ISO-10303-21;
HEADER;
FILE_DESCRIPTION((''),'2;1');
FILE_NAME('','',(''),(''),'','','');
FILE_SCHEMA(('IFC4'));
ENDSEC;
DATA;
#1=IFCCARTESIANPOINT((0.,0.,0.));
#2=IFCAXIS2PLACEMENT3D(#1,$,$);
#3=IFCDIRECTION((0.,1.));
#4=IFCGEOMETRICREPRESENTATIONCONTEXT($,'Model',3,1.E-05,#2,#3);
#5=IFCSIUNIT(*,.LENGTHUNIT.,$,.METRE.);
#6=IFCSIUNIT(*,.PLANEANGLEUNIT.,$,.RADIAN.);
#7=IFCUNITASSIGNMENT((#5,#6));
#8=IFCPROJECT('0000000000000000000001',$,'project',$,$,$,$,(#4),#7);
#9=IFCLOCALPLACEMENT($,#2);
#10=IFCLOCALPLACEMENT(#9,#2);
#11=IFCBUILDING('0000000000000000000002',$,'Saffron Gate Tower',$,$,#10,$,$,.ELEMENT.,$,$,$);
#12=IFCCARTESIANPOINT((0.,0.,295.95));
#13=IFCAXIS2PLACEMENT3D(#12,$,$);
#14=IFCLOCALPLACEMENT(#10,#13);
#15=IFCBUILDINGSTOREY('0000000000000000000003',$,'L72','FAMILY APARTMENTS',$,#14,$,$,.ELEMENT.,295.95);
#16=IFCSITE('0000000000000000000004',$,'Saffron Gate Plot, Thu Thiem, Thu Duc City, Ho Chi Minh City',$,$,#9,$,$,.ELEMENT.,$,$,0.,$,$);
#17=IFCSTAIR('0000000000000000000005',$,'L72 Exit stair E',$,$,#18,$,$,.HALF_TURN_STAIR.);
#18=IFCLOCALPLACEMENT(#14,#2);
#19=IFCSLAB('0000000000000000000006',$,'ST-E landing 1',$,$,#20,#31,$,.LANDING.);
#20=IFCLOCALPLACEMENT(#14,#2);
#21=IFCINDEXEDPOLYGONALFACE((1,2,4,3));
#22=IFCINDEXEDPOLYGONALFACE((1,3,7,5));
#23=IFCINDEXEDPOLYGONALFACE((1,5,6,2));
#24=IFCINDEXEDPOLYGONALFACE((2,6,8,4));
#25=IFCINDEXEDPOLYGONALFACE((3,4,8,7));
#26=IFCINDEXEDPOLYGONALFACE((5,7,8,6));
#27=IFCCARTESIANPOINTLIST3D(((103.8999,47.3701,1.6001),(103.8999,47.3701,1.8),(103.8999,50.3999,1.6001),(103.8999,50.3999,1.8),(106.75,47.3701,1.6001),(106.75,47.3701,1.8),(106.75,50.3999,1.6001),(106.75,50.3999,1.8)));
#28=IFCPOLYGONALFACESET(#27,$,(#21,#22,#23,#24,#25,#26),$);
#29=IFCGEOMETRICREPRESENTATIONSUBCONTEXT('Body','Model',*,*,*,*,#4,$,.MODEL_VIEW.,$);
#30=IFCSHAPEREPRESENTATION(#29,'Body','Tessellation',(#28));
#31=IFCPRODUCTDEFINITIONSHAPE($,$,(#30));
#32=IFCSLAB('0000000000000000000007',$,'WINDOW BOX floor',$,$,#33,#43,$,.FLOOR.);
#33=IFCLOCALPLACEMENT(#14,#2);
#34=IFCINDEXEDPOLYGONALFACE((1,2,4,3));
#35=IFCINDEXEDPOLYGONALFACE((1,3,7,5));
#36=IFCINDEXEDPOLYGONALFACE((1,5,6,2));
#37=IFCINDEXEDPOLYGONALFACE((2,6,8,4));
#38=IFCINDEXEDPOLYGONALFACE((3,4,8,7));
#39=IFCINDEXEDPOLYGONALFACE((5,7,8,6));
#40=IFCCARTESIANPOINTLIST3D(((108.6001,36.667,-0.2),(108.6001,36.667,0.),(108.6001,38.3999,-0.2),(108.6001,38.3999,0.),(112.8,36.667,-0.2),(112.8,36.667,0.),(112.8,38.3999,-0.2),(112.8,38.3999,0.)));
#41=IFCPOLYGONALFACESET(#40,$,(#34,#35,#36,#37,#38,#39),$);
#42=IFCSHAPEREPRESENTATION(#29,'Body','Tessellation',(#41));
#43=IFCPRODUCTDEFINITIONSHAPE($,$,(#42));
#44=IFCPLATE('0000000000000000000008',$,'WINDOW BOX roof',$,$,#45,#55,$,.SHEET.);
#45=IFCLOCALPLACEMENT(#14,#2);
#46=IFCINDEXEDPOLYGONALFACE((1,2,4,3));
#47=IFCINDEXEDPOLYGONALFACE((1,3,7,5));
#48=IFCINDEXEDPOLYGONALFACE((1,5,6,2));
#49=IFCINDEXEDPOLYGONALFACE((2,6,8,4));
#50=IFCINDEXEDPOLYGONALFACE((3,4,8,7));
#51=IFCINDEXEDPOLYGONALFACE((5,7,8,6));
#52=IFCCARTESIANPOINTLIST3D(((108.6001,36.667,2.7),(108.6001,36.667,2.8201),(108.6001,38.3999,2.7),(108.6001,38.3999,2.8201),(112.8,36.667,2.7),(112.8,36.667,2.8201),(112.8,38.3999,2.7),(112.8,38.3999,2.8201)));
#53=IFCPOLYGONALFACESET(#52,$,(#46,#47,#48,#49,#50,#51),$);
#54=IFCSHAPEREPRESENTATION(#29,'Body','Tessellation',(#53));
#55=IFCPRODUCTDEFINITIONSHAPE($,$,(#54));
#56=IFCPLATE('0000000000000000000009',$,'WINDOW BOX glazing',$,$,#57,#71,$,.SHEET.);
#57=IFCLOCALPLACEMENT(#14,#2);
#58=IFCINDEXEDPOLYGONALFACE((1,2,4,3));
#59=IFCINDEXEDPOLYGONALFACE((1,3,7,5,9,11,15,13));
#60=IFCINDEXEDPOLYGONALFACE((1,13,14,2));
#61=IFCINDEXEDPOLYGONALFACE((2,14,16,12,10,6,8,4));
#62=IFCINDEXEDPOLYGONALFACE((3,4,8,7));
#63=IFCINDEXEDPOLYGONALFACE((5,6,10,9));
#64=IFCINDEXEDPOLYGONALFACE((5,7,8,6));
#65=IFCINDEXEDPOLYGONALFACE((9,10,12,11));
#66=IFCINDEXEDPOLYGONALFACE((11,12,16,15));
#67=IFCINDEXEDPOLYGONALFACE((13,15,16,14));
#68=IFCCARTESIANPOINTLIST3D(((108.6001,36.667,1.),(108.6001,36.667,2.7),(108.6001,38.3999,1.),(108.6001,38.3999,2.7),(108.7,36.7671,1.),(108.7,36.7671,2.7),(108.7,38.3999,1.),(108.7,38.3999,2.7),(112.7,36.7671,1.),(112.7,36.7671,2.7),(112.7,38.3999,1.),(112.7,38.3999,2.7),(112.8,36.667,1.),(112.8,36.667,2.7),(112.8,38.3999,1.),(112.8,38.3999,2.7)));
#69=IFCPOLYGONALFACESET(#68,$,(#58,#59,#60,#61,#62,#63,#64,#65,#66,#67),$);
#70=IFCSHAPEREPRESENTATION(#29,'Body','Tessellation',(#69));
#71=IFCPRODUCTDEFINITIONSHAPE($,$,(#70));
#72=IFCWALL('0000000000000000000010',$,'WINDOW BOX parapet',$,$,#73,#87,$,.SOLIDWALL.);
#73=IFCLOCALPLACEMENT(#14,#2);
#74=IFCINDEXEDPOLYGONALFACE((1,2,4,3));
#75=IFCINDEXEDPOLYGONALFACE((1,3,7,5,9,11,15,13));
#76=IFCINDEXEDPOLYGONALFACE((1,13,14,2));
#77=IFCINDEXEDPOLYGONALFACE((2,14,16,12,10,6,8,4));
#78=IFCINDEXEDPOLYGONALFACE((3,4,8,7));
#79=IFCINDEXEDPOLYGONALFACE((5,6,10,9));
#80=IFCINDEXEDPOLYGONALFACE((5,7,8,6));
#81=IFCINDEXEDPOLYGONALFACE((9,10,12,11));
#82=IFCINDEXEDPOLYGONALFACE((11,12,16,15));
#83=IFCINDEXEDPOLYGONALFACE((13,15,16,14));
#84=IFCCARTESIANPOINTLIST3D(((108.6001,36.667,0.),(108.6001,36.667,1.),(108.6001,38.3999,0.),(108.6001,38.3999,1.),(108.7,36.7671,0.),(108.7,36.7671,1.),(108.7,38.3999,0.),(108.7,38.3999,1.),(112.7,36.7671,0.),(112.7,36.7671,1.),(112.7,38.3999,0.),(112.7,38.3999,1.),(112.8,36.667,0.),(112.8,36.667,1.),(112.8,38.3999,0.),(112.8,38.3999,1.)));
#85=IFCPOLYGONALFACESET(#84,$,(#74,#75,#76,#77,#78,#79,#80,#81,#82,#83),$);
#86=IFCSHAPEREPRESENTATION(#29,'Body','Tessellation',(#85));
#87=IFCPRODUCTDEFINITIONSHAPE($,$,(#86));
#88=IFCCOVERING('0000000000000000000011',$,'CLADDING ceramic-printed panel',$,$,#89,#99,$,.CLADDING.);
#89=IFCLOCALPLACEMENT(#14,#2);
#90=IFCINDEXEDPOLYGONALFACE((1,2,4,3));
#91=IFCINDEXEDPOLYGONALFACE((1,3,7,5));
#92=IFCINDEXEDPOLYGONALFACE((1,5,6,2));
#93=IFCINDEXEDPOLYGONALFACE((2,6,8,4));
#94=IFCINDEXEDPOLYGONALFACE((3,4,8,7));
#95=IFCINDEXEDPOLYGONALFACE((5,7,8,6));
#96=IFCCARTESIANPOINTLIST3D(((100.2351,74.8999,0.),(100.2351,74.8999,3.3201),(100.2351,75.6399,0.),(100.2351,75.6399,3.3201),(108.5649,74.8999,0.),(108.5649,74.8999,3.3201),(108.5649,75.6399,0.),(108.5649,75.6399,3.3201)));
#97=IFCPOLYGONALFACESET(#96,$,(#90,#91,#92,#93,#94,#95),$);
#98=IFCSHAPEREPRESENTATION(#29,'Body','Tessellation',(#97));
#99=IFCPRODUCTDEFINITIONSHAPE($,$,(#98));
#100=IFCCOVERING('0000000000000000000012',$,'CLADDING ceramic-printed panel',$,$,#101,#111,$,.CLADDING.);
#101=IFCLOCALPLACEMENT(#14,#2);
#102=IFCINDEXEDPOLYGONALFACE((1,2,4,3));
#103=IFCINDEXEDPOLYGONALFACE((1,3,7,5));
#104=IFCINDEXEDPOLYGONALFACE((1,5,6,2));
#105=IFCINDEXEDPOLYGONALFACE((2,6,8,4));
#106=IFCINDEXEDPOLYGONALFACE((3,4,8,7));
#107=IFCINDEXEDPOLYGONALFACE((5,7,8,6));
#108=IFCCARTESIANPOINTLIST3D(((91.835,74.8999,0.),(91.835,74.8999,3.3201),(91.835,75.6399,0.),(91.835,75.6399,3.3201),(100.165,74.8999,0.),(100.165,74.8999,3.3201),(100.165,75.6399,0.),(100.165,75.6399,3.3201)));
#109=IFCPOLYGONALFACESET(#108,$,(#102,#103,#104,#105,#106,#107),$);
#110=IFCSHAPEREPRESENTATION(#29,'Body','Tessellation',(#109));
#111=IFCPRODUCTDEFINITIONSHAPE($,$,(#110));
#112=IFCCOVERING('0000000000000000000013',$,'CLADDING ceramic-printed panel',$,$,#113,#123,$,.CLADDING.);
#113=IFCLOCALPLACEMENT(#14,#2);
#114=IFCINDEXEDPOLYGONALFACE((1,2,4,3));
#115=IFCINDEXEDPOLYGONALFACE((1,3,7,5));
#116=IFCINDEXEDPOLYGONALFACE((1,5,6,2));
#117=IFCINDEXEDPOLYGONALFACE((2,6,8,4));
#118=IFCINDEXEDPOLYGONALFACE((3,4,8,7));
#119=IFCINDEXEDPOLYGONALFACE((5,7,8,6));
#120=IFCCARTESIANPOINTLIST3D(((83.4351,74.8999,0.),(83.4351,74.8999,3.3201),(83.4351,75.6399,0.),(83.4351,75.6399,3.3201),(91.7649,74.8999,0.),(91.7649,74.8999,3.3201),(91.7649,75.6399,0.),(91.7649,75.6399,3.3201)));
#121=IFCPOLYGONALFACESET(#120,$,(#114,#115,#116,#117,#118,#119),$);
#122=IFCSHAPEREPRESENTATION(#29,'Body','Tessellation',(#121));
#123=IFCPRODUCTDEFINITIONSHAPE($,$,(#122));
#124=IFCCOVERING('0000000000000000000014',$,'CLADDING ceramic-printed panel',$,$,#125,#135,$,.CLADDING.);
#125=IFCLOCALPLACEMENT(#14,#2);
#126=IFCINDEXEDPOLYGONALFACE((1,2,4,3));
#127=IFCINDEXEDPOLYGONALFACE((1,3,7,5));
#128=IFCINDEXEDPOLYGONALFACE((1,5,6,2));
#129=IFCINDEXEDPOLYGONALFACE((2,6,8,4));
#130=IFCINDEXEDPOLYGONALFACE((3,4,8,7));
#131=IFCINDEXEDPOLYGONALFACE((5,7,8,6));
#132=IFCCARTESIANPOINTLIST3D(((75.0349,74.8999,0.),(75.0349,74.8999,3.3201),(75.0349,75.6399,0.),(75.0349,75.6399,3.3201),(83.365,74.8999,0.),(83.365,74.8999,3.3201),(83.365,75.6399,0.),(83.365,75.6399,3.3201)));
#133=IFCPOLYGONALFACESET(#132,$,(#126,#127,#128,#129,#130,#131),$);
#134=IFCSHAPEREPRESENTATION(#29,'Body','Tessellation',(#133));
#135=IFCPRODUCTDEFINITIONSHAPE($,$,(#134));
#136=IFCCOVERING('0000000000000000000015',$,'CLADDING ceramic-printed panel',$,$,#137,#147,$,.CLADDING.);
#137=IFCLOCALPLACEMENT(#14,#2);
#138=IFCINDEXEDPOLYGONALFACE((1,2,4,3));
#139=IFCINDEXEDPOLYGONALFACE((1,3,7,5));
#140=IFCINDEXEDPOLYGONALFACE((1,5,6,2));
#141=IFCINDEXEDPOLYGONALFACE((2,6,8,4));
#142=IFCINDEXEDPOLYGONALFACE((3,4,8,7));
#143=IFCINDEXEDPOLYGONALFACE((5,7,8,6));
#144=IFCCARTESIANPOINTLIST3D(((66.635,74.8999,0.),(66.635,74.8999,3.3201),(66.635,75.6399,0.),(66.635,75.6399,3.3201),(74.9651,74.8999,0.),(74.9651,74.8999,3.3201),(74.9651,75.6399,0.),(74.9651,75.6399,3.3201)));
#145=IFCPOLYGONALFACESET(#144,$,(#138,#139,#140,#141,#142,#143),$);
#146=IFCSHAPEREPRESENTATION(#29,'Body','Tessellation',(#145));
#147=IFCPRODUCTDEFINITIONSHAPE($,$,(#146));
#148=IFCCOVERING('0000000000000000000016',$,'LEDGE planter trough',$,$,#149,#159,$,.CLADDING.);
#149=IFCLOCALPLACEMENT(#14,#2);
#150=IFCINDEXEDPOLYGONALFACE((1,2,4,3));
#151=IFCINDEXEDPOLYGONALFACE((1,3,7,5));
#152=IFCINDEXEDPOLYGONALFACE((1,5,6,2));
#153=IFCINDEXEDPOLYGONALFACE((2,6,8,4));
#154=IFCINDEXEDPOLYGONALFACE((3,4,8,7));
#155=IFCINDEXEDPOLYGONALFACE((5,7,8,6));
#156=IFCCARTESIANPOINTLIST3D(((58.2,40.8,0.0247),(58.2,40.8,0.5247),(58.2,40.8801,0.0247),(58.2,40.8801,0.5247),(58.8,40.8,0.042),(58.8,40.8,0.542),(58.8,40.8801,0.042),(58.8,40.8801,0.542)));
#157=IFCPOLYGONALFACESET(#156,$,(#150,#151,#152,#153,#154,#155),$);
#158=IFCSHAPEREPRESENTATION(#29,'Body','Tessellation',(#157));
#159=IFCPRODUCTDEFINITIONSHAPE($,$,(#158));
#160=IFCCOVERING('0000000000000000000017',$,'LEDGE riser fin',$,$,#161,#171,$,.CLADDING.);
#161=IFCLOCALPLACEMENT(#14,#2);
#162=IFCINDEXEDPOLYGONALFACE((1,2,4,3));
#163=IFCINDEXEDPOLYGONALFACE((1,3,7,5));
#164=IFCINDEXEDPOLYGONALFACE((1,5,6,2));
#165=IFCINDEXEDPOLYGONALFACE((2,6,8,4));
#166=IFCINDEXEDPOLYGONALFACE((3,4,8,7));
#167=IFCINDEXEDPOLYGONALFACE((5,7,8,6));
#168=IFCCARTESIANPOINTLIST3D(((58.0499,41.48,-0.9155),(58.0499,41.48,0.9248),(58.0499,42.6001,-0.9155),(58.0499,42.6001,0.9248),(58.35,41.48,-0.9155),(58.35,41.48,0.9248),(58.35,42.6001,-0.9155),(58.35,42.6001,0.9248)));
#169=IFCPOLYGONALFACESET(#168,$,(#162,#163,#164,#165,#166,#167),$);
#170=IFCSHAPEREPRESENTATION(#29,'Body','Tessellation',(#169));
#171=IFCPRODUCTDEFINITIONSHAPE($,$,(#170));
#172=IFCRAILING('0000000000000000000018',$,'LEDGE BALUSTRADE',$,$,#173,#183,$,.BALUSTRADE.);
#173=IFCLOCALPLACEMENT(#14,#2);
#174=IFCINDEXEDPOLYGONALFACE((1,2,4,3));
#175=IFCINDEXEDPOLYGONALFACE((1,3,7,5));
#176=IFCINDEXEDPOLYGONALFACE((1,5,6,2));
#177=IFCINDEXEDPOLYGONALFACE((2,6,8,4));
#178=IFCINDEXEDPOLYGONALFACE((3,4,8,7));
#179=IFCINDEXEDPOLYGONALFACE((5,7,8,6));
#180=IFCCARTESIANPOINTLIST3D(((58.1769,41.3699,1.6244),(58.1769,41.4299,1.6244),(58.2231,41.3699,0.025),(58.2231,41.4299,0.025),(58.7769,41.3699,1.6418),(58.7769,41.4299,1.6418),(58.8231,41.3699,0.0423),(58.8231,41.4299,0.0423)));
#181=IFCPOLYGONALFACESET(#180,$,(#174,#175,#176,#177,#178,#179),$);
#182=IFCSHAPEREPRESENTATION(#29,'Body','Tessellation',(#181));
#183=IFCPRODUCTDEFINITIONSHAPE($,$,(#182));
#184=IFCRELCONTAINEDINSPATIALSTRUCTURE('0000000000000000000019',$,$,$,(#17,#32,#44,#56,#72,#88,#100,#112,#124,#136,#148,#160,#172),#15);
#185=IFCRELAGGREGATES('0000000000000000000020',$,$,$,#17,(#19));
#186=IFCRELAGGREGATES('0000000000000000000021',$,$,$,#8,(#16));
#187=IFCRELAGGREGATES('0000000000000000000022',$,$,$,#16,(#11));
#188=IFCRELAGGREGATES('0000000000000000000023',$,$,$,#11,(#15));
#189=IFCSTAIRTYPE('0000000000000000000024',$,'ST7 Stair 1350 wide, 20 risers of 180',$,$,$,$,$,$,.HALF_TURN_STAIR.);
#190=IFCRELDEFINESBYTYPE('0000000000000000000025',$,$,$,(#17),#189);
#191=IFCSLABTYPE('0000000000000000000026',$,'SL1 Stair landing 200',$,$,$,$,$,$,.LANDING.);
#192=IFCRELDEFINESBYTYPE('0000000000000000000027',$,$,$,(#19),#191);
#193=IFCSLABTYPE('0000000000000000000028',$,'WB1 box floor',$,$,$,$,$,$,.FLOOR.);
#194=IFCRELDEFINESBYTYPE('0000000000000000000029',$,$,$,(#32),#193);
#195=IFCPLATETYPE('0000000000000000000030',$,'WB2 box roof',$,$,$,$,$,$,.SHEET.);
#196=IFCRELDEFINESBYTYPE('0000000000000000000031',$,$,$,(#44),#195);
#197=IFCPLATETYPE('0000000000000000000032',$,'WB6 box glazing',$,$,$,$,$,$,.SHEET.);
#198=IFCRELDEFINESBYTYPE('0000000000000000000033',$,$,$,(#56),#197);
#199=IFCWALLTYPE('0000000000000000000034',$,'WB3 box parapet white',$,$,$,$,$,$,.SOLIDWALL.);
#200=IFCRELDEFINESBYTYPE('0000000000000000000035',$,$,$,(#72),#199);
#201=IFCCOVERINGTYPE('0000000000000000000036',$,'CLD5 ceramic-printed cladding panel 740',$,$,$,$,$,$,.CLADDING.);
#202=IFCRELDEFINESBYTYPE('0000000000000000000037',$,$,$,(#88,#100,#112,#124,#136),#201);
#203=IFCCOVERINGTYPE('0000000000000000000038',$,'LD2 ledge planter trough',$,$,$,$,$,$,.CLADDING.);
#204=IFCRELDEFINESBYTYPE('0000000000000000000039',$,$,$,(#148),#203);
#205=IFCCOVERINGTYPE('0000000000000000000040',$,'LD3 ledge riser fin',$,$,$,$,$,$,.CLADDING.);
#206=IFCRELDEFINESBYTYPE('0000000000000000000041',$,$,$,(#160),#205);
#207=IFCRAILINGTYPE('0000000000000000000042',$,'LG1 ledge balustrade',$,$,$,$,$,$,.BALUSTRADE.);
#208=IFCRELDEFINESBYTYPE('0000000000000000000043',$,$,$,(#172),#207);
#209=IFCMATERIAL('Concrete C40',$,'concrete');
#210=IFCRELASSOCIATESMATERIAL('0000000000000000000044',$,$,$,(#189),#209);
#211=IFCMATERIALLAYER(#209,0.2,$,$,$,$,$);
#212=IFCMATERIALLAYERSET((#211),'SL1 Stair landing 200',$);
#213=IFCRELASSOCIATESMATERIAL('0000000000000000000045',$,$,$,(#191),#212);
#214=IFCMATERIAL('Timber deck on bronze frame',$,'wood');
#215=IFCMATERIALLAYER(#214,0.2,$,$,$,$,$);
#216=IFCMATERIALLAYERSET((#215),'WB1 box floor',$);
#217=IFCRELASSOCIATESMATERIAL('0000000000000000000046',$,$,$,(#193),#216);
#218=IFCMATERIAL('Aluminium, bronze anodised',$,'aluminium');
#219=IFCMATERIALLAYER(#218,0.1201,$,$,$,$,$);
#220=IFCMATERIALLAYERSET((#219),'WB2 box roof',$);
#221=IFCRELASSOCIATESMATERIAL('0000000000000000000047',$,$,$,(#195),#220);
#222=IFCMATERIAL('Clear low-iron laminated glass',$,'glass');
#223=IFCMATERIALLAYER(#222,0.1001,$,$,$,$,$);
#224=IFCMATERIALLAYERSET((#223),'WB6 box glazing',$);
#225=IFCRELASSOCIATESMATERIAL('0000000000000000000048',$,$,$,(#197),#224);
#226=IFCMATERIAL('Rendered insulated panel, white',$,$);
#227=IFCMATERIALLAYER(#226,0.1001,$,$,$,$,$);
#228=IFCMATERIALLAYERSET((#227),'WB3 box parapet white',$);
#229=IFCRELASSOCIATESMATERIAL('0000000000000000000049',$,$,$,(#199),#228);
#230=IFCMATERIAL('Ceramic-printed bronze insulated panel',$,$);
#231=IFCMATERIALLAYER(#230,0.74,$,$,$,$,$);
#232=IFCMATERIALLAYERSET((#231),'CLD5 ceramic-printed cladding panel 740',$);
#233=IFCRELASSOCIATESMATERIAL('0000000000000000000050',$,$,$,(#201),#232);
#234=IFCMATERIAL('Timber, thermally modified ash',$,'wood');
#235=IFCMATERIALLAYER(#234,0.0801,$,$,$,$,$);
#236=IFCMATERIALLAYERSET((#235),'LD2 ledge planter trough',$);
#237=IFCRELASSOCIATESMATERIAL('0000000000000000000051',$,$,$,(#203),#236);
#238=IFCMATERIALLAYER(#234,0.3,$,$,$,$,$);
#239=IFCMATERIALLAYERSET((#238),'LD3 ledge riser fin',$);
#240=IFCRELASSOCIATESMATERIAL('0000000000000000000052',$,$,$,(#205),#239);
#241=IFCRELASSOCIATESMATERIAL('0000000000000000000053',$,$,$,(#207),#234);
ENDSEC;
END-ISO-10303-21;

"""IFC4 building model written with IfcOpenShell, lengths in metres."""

from ifc_helpers import new_model, si_unit, direction, frame, origin, origin_2d, place, context, subcontext, project, spatial, polyline, rectangle, outline, extrude, material, layer, layer_set, type_object, element, aggregate, save


model = new_model("IFC4")

# Units and contexts
model_context = context("Model", 3, precision=1e-05, world=origin(), true_north=direction((0.0, 1.0)))
body_context = subcontext(model_context, "Body", "Model", "MODEL_VIEW")
ifc_project = project(units=[si_unit("LENGTHUNIT", "METRE"), si_unit("PLANEANGLEUNIT", "RADIAN")], contexts=[model_context])

# Site, building, storey
site_placement = place(None, origin())
site = spatial("IfcSite", under=ifc_project, at=site_placement, Name="Saffron Gate Plot, Thu Thiem, Thu Duc City, Ho Chi Minh City", CompositionType="ELEMENT", RefElevation=0.0)
building_placement = place(site_placement, origin())
building = spatial("IfcBuilding", under=site, at=building_placement, Name="Saffron Gate Tower", CompositionType="ELEMENT")
storey_placement = place(building_placement, frame((0.0, 0.0, 295.95)))
storey = spatial("IfcBuildingStorey", under=building, at=storey_placement, Name="L72", Description="FAMILY APARTMENTS", CompositionType="ELEMENT", Elevation=295.95)

# Shared definitions
ifc_material_1 = material(Name="Concrete C40", Category="concrete")

# Stair, slab
stair_type = type_object("IfcStairType", Name="ST7 Stair 1350 wide, 20 risers of 180", PredefinedType="HALF_TURN_STAIR", material=ifc_material_1)
ifc_layer_1 = layer(ifc_material_1, 0.2)
ifc_layer_set_1 = layer_set([ifc_layer_1], Name="SL1 Stair landing 200")
slab_type_1 = type_object("IfcSlabType", Name="SL1 Stair landing 200", PredefinedType="LANDING", material=ifc_layer_set_1)
stair_1_placement = place(storey_placement, origin())
stair_1 = element("IfcStair", 1, at=stair_1_placement, inside=storey, type_object=stair_type, Name="L72 Exit stair E", PredefinedType="HALF_TURN_STAIR")
slab_1_placement = place(storey_placement, frame((0.0, 0.0, 1.6001)))
slab_1 = element("IfcSlab", 2, at=slab_1_placement, type_object=slab_type_1, Name="ST-E landing 1", PredefinedType="LANDING", context=body_context, shape_type="SweptSolid", body=[
    extrude(outline(polyline([(106.75, 47.3701), (106.75, 50.3999), (103.8999, 50.3999), (103.8999, 47.3701), (106.75, 47.3701)])), origin(), (0.0, 0.0, 1.0), 0.2),
])
aggregate(stair_1, [slab_1])

# Slab
ifc_material_2 = material(Name="Timber deck on bronze frame", Category="wood")
ifc_layer_2 = layer(ifc_material_2, 0.2)
ifc_layer_set_2 = layer_set([ifc_layer_2], Name="WB1 box floor")
slab_type_2 = type_object("IfcSlabType", Name="WB1 box floor", PredefinedType="FLOOR", material=ifc_layer_set_2)
slab_2_placement = place(storey_placement, frame((0.0, 0.0, -0.2)))
element("IfcSlab", 3, at=slab_2_placement, inside=storey, type_object=slab_type_2, Name="WINDOW BOX floor", PredefinedType="FLOOR", context=body_context, shape_type="SweptSolid", body=[
    extrude(outline(polyline([(108.6001, 38.3999), (112.8, 38.3999), (112.8, 36.667), (108.6001, 36.667), (108.6001, 38.3999)])), origin(), (0.0, 0.0, 1.0), 0.2),
])

# Plates
ifc_material_3 = material(Name="Aluminium, bronze anodised", Category="aluminium")
ifc_layer_3 = layer(ifc_material_3, 0.1201)
ifc_layer_set_3 = layer_set([ifc_layer_3], Name="WB2 box roof")
plate_type_1 = type_object("IfcPlateType", Name="WB2 box roof", PredefinedType="SHEET", material=ifc_layer_set_3)
plate_1_placement = place(storey_placement, frame((0.0, 0.0, 2.7)))
element("IfcPlate", 4, at=plate_1_placement, inside=storey, type_object=plate_type_1, Name="WINDOW BOX roof", PredefinedType="SHEET", context=body_context, shape_type="SweptSolid", body=[
    extrude(outline(polyline([(108.6001, 38.3999), (112.8, 38.3999), (112.8, 36.667), (108.6001, 36.667), (108.6001, 38.3999)])), origin(), (0.0, 0.0, 1.0), 0.1201),
])
ifc_material_4 = material(Name="Clear low-iron laminated glass", Category="glass")
ifc_layer_4 = layer(ifc_material_4, 0.1001)
ifc_layer_set_4 = layer_set([ifc_layer_4], Name="WB6 box glazing")
plate_type_2 = type_object("IfcPlateType", Name="WB6 box glazing", PredefinedType="SHEET", material=ifc_layer_set_4)
plate_2_placement = place(storey_placement, frame((0.0, 0.0, 1.0)))
element("IfcPlate", 5, at=plate_2_placement, inside=storey, type_object=plate_type_2, Name="WINDOW BOX glazing", PredefinedType="SHEET", context=body_context, shape_type="SweptSolid", body=[
    extrude(outline(polyline([(108.6001, 38.3999), (108.7, 38.3999), (108.7, 36.7671), (112.7, 36.7671), (112.7, 38.3999), (112.8, 38.3999), (112.8, 36.667), (108.6001, 36.667), (108.6001, 38.3999)])), origin(), (0.0, 0.0, 1.0), 1.7),
])

# Wall
ifc_material_5 = material(Name="Rendered insulated panel, white")
ifc_layer_5 = layer(ifc_material_5, 0.1001)
ifc_layer_set_5 = layer_set([ifc_layer_5], Name="WB3 box parapet white")
wall_type = type_object("IfcWallType", Name="WB3 box parapet white", PredefinedType="SOLIDWALL", material=ifc_layer_set_5)
wall_placement = place(storey_placement, origin())
element("IfcWall", 6, at=wall_placement, inside=storey, type_object=wall_type, Name="WINDOW BOX parapet", PredefinedType="SOLIDWALL", context=body_context, shape_type="SweptSolid", body=[
    extrude(outline(polyline([(108.6001, 38.3999), (108.7, 38.3999), (108.7, 36.7671), (112.7, 36.7671), (112.7, 38.3999), (112.8, 38.3999), (112.8, 36.667), (108.6001, 36.667), (108.6001, 38.3999)])), origin(), (0.0, 0.0, 1.0), 1.0),
])

# Coverings
ifc_material_6 = material(Name="Ceramic-printed bronze insulated panel")
ifc_layer_6 = layer(ifc_material_6, 0.74)
ifc_layer_set_6 = layer_set([ifc_layer_6], Name="CLD5 ceramic-printed cladding panel 740")
covering_type_1 = type_object("IfcCoveringType", Name="CLD5 ceramic-printed cladding panel 740", PredefinedType="CLADDING", material=ifc_layer_set_6)
covering_1_placement = place(storey_placement, origin())
element("IfcCovering", 7, at=covering_1_placement, inside=storey, type_object=covering_type_1, Name="CLADDING ceramic-printed panel", PredefinedType="CLADDING", context=body_context, shape_type="SweptSolid", body=[
    extrude(outline(polyline([(108.5649, 75.6399), (100.2351, 75.6399), (100.2351, 74.8999), (108.5649, 74.8999), (108.5649, 75.6399)])), origin(), (0.0, 0.0, 1.0), 3.3201),
])
covering_2_placement = place(storey_placement, origin())
element("IfcCovering", 8, at=covering_2_placement, inside=storey, type_object=covering_type_1, Name="CLADDING ceramic-printed panel", PredefinedType="CLADDING", context=body_context, shape_type="SweptSolid", body=[
    extrude(outline(polyline([(100.165, 75.6399), (91.835, 75.6399), (91.835, 74.8999), (100.165, 74.8999), (100.165, 75.6399)])), origin(), (0.0, 0.0, 1.0), 3.3201),
])
covering_3_placement = place(storey_placement, origin())
element("IfcCovering", 9, at=covering_3_placement, inside=storey, type_object=covering_type_1, Name="CLADDING ceramic-printed panel", PredefinedType="CLADDING", context=body_context, shape_type="SweptSolid", body=[
    extrude(outline(polyline([(91.7649, 75.6399), (83.4351, 75.6399), (83.4351, 74.8999), (91.7649, 74.8999), (91.7649, 75.6399)])), origin(), (0.0, 0.0, 1.0), 3.3201),
])
covering_4_placement = place(storey_placement, origin())
element("IfcCovering", 10, at=covering_4_placement, inside=storey, type_object=covering_type_1, Name="CLADDING ceramic-printed panel", PredefinedType="CLADDING", context=body_context, shape_type="SweptSolid", body=[
    extrude(outline(polyline([(83.365, 75.6399), (75.0349, 75.6399), (75.0349, 74.8999), (83.365, 74.8999), (83.365, 75.6399)])), origin(), (0.0, 0.0, 1.0), 3.3201),
])
covering_5_placement = place(storey_placement, origin())
element("IfcCovering", 11, at=covering_5_placement, inside=storey, type_object=covering_type_1, Name="CLADDING ceramic-printed panel", PredefinedType="CLADDING", context=body_context, shape_type="SweptSolid", body=[
    extrude(outline(polyline([(74.9651, 75.6399), (66.635, 75.6399), (66.635, 74.8999), (74.9651, 74.8999), (74.9651, 75.6399)])), origin(), (0.0, 0.0, 1.0), 3.3201),
])
ifc_material_7 = material(Name="Timber, thermally modified ash", Category="wood")
ifc_layer_7 = layer(ifc_material_7, 0.0801)
ifc_layer_set_7 = layer_set([ifc_layer_7], Name="LD2 ledge planter trough")
covering_type_2 = type_object("IfcCoveringType", Name="LD2 ledge planter trough", PredefinedType="CLADDING", material=ifc_layer_set_7)
covering_6_placement = place(storey_placement, frame((58.2, 40.8, 0.0247), z_axis=(0.0, -1.0, 0.0), x_axis=(0.999583, 0.0, 0.028873)))
element("IfcCovering", 12, at=covering_6_placement, inside=storey, type_object=covering_type_2, Name="LEDGE planter trough", PredefinedType="CLADDING", context=body_context, shape_type="SweptSolid", body=[
    extrude(outline(polyline([(0.0, 0.0), (0.6003, 0.0), (0.6148, 0.4998), (0.0144, 0.4998), (0.0, 0.0)])), origin(), (0.0, 0.0, -1.0), 0.0801),
])
ifc_layer_8 = layer(ifc_material_7, 0.3)
ifc_layer_set_8 = layer_set([ifc_layer_8], Name="LD3 ledge riser fin")
covering_type_3 = type_object("IfcCoveringType", Name="LD3 ledge riser fin", PredefinedType="CLADDING", material=ifc_layer_set_8)
covering_7_placement = place(storey_placement, frame((58.2, 42.04, -0.9155), z_axis=(0.0, 0.0, 1.0), x_axis=(1.0, 0.0, 0.0)))
element("IfcCovering", 13, at=covering_7_placement, inside=storey, type_object=covering_type_3, Name="LEDGE riser fin", PredefinedType="CLADDING", context=body_context, shape_type="SweptSolid", body=[
    extrude(rectangle(XDim=0.3, YDim=1.1201, at=origin_2d()), origin(), (0.0, 0.0, 1.0), 1.8403),
])

# Railing
railing_type = type_object("IfcRailingType", Name="LG1 ledge balustrade", PredefinedType="BALUSTRADE", material=ifc_material_7)
railing_1_placement = place(storey_placement, frame((58.2, 41.3999, 0.0247)))
element("IfcRailing", 14, at=railing_1_placement, inside=storey, type_object=railing_type, Name="LEDGE BALUSTRADE", PredefinedType="BALUSTRADE", context=body_context, shape_type="SweptSolid", body=[
    extrude(rectangle(XDim=0.0601, YDim=1.6001, at=origin_2d()), frame((0.0, 0.0, 0.8), z_axis=(0.999583, 0.0, 0.028873), x_axis=(0.0, 1.0, 0.0)), (0.0, 0.0, 1.0), 0.6003),
])

save(model, "model.ifc")
